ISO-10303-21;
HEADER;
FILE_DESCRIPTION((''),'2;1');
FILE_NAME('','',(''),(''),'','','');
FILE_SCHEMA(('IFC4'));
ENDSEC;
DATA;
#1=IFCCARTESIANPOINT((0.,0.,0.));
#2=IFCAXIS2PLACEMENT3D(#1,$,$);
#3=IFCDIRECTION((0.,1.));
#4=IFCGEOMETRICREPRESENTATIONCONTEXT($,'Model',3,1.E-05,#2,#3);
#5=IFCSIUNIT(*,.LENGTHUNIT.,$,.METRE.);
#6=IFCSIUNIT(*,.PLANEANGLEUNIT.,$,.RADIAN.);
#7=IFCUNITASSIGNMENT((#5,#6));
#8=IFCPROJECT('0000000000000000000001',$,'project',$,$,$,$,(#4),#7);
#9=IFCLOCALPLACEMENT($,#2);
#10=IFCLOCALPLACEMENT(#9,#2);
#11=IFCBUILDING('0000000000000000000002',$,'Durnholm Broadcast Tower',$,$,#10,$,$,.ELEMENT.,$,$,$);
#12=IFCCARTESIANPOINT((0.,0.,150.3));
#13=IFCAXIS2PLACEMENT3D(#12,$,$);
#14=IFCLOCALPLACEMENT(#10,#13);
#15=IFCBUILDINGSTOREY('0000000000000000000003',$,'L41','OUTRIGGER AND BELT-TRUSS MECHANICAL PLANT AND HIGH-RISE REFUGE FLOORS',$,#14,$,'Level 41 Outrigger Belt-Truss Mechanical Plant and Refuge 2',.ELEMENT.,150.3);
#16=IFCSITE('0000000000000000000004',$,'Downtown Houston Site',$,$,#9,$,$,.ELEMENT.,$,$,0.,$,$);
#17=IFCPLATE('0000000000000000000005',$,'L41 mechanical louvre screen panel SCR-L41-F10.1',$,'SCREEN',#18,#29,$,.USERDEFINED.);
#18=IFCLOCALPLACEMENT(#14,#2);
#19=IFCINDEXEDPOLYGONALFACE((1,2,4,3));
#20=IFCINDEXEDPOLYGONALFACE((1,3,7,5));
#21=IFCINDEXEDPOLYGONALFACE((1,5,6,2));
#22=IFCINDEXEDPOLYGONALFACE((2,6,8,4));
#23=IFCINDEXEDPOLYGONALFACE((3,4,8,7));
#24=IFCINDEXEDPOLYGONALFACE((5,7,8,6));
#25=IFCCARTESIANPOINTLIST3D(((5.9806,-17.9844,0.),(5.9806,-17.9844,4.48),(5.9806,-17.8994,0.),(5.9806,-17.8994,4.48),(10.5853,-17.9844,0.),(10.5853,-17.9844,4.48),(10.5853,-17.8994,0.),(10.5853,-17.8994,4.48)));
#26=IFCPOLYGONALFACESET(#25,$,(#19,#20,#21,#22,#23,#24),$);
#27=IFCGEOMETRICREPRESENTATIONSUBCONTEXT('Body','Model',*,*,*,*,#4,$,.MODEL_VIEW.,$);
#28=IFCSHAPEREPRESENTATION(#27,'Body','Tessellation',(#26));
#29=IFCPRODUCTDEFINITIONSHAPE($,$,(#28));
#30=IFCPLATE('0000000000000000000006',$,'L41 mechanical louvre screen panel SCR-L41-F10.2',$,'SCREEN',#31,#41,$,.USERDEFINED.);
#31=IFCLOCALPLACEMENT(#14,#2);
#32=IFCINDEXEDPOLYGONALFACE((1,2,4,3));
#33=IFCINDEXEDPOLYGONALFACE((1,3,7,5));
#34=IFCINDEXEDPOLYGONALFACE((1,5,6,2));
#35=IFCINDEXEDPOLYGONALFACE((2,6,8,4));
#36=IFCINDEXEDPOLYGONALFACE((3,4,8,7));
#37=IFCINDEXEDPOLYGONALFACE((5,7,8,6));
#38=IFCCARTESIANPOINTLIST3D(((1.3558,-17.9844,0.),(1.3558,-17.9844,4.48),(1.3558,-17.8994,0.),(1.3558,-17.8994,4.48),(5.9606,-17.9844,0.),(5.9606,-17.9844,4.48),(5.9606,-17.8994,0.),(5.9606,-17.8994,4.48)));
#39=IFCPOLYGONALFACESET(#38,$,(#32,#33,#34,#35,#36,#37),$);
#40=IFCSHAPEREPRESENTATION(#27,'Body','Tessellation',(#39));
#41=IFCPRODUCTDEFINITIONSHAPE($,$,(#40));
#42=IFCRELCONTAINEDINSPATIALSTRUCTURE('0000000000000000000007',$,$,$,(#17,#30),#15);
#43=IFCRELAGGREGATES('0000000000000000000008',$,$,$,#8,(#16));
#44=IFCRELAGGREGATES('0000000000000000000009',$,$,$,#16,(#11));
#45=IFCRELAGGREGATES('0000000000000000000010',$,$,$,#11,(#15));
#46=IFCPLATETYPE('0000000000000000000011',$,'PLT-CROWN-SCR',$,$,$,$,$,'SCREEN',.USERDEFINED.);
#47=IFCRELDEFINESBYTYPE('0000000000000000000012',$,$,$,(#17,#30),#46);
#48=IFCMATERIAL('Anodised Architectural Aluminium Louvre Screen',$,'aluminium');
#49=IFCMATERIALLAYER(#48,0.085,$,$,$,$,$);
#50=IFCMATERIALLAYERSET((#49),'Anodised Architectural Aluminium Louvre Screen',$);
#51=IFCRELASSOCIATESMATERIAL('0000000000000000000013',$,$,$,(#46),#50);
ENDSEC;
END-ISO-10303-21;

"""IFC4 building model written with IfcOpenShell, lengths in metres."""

from ifc_helpers import new_model, si_unit, direction, frame, origin, origin_2d, place, context, subcontext, project, spatial, rectangle, extrude, source, transform, mapped, material, layer, layer_set, type_object, element, save


model = new_model("IFC4")

# Units and contexts
model_context = context("Model", 3, precision=1e-05, world=origin(), true_north=direction((0.0, 1.0)))
body_context = subcontext(model_context, "Body", "Model", "MODEL_VIEW")
ifc_project = project(units=[si_unit("LENGTHUNIT", "METRE"), si_unit("PLANEANGLEUNIT", "RADIAN")], contexts=[model_context])

# Site, building, storey
site_placement = place(None, origin())
site = spatial("IfcSite", under=ifc_project, at=site_placement, Name="Downtown Houston Site", CompositionType="ELEMENT", RefElevation=0.0)
building_placement = place(site_placement, origin())
building = spatial("IfcBuilding", under=site, at=building_placement, Name="Durnholm Broadcast Tower", CompositionType="ELEMENT")
storey_placement = place(building_placement, frame((0.0, 0.0, 150.3)))
storey = spatial("IfcBuildingStorey", under=building, at=storey_placement, Name="L41", Description="OUTRIGGER AND BELT-TRUSS MECHANICAL PLANT AND HIGH-RISE REFUGE FLOORS", LongName="Level 41 Outrigger Belt-Truss Mechanical Plant and Refuge 2", CompositionType="ELEMENT", Elevation=150.3)

# Plates
ifc_material_1 = material(Name="Anodised Architectural Aluminium Louvre Screen", Category="aluminium")
ifc_layer_1 = layer(ifc_material_1, 0.085)
ifc_layer_set_1 = layer_set([ifc_layer_1], Name="Anodised Architectural Aluminium Louvre Screen")
plate_type_1 = type_object("IfcPlateType", Name="PLT-CROWN-SCR", ElementType="SCREEN", PredefinedType="USERDEFINED", material=ifc_layer_set_1)
shared_shape_1 = source(origin(), body_context, "Body", "SweptSolid", [
    extrude(rectangle(XDim=4.6047, YDim=0.085, at=origin_2d()), origin(), (0.0, 0.0, 1.0), 4.48),
])
for number, where, z_axis, x_axis, name in (
    (1, (8.283, -17.9419, 0.0), (0.0, 0.0, 1.0), (-1.0, 0.0, 0.0), "L41 mechanical louvre screen panel SCR-L41-F10.1"),
    (2, (3.6582, -17.9419, 0.0), (0.0, 0.0, 1.0), (-1.0, 0.0, 0.0), "L41 mechanical louvre screen panel SCR-L41-F10.2"),
):
    element("IfcPlate", number, at=place(storey_placement, frame(where, z_axis=z_axis, x_axis=x_axis)), inside=storey, type_object=plate_type_1, Name=name, ObjectType="SCREEN", PredefinedType="USERDEFINED", context=body_context, shape_type="MappedRepresentation", body=[
        mapped(shared_shape_1, transform((0.0, 0.0, 0.0), x_axis=(1.0, 0.0, 0.0), y_axis=(0.0, 1.0, 0.0), z_axis=(0.0, 0.0, 1.0), scale=1.0)),
    ])

save(model, "model.ifc")
